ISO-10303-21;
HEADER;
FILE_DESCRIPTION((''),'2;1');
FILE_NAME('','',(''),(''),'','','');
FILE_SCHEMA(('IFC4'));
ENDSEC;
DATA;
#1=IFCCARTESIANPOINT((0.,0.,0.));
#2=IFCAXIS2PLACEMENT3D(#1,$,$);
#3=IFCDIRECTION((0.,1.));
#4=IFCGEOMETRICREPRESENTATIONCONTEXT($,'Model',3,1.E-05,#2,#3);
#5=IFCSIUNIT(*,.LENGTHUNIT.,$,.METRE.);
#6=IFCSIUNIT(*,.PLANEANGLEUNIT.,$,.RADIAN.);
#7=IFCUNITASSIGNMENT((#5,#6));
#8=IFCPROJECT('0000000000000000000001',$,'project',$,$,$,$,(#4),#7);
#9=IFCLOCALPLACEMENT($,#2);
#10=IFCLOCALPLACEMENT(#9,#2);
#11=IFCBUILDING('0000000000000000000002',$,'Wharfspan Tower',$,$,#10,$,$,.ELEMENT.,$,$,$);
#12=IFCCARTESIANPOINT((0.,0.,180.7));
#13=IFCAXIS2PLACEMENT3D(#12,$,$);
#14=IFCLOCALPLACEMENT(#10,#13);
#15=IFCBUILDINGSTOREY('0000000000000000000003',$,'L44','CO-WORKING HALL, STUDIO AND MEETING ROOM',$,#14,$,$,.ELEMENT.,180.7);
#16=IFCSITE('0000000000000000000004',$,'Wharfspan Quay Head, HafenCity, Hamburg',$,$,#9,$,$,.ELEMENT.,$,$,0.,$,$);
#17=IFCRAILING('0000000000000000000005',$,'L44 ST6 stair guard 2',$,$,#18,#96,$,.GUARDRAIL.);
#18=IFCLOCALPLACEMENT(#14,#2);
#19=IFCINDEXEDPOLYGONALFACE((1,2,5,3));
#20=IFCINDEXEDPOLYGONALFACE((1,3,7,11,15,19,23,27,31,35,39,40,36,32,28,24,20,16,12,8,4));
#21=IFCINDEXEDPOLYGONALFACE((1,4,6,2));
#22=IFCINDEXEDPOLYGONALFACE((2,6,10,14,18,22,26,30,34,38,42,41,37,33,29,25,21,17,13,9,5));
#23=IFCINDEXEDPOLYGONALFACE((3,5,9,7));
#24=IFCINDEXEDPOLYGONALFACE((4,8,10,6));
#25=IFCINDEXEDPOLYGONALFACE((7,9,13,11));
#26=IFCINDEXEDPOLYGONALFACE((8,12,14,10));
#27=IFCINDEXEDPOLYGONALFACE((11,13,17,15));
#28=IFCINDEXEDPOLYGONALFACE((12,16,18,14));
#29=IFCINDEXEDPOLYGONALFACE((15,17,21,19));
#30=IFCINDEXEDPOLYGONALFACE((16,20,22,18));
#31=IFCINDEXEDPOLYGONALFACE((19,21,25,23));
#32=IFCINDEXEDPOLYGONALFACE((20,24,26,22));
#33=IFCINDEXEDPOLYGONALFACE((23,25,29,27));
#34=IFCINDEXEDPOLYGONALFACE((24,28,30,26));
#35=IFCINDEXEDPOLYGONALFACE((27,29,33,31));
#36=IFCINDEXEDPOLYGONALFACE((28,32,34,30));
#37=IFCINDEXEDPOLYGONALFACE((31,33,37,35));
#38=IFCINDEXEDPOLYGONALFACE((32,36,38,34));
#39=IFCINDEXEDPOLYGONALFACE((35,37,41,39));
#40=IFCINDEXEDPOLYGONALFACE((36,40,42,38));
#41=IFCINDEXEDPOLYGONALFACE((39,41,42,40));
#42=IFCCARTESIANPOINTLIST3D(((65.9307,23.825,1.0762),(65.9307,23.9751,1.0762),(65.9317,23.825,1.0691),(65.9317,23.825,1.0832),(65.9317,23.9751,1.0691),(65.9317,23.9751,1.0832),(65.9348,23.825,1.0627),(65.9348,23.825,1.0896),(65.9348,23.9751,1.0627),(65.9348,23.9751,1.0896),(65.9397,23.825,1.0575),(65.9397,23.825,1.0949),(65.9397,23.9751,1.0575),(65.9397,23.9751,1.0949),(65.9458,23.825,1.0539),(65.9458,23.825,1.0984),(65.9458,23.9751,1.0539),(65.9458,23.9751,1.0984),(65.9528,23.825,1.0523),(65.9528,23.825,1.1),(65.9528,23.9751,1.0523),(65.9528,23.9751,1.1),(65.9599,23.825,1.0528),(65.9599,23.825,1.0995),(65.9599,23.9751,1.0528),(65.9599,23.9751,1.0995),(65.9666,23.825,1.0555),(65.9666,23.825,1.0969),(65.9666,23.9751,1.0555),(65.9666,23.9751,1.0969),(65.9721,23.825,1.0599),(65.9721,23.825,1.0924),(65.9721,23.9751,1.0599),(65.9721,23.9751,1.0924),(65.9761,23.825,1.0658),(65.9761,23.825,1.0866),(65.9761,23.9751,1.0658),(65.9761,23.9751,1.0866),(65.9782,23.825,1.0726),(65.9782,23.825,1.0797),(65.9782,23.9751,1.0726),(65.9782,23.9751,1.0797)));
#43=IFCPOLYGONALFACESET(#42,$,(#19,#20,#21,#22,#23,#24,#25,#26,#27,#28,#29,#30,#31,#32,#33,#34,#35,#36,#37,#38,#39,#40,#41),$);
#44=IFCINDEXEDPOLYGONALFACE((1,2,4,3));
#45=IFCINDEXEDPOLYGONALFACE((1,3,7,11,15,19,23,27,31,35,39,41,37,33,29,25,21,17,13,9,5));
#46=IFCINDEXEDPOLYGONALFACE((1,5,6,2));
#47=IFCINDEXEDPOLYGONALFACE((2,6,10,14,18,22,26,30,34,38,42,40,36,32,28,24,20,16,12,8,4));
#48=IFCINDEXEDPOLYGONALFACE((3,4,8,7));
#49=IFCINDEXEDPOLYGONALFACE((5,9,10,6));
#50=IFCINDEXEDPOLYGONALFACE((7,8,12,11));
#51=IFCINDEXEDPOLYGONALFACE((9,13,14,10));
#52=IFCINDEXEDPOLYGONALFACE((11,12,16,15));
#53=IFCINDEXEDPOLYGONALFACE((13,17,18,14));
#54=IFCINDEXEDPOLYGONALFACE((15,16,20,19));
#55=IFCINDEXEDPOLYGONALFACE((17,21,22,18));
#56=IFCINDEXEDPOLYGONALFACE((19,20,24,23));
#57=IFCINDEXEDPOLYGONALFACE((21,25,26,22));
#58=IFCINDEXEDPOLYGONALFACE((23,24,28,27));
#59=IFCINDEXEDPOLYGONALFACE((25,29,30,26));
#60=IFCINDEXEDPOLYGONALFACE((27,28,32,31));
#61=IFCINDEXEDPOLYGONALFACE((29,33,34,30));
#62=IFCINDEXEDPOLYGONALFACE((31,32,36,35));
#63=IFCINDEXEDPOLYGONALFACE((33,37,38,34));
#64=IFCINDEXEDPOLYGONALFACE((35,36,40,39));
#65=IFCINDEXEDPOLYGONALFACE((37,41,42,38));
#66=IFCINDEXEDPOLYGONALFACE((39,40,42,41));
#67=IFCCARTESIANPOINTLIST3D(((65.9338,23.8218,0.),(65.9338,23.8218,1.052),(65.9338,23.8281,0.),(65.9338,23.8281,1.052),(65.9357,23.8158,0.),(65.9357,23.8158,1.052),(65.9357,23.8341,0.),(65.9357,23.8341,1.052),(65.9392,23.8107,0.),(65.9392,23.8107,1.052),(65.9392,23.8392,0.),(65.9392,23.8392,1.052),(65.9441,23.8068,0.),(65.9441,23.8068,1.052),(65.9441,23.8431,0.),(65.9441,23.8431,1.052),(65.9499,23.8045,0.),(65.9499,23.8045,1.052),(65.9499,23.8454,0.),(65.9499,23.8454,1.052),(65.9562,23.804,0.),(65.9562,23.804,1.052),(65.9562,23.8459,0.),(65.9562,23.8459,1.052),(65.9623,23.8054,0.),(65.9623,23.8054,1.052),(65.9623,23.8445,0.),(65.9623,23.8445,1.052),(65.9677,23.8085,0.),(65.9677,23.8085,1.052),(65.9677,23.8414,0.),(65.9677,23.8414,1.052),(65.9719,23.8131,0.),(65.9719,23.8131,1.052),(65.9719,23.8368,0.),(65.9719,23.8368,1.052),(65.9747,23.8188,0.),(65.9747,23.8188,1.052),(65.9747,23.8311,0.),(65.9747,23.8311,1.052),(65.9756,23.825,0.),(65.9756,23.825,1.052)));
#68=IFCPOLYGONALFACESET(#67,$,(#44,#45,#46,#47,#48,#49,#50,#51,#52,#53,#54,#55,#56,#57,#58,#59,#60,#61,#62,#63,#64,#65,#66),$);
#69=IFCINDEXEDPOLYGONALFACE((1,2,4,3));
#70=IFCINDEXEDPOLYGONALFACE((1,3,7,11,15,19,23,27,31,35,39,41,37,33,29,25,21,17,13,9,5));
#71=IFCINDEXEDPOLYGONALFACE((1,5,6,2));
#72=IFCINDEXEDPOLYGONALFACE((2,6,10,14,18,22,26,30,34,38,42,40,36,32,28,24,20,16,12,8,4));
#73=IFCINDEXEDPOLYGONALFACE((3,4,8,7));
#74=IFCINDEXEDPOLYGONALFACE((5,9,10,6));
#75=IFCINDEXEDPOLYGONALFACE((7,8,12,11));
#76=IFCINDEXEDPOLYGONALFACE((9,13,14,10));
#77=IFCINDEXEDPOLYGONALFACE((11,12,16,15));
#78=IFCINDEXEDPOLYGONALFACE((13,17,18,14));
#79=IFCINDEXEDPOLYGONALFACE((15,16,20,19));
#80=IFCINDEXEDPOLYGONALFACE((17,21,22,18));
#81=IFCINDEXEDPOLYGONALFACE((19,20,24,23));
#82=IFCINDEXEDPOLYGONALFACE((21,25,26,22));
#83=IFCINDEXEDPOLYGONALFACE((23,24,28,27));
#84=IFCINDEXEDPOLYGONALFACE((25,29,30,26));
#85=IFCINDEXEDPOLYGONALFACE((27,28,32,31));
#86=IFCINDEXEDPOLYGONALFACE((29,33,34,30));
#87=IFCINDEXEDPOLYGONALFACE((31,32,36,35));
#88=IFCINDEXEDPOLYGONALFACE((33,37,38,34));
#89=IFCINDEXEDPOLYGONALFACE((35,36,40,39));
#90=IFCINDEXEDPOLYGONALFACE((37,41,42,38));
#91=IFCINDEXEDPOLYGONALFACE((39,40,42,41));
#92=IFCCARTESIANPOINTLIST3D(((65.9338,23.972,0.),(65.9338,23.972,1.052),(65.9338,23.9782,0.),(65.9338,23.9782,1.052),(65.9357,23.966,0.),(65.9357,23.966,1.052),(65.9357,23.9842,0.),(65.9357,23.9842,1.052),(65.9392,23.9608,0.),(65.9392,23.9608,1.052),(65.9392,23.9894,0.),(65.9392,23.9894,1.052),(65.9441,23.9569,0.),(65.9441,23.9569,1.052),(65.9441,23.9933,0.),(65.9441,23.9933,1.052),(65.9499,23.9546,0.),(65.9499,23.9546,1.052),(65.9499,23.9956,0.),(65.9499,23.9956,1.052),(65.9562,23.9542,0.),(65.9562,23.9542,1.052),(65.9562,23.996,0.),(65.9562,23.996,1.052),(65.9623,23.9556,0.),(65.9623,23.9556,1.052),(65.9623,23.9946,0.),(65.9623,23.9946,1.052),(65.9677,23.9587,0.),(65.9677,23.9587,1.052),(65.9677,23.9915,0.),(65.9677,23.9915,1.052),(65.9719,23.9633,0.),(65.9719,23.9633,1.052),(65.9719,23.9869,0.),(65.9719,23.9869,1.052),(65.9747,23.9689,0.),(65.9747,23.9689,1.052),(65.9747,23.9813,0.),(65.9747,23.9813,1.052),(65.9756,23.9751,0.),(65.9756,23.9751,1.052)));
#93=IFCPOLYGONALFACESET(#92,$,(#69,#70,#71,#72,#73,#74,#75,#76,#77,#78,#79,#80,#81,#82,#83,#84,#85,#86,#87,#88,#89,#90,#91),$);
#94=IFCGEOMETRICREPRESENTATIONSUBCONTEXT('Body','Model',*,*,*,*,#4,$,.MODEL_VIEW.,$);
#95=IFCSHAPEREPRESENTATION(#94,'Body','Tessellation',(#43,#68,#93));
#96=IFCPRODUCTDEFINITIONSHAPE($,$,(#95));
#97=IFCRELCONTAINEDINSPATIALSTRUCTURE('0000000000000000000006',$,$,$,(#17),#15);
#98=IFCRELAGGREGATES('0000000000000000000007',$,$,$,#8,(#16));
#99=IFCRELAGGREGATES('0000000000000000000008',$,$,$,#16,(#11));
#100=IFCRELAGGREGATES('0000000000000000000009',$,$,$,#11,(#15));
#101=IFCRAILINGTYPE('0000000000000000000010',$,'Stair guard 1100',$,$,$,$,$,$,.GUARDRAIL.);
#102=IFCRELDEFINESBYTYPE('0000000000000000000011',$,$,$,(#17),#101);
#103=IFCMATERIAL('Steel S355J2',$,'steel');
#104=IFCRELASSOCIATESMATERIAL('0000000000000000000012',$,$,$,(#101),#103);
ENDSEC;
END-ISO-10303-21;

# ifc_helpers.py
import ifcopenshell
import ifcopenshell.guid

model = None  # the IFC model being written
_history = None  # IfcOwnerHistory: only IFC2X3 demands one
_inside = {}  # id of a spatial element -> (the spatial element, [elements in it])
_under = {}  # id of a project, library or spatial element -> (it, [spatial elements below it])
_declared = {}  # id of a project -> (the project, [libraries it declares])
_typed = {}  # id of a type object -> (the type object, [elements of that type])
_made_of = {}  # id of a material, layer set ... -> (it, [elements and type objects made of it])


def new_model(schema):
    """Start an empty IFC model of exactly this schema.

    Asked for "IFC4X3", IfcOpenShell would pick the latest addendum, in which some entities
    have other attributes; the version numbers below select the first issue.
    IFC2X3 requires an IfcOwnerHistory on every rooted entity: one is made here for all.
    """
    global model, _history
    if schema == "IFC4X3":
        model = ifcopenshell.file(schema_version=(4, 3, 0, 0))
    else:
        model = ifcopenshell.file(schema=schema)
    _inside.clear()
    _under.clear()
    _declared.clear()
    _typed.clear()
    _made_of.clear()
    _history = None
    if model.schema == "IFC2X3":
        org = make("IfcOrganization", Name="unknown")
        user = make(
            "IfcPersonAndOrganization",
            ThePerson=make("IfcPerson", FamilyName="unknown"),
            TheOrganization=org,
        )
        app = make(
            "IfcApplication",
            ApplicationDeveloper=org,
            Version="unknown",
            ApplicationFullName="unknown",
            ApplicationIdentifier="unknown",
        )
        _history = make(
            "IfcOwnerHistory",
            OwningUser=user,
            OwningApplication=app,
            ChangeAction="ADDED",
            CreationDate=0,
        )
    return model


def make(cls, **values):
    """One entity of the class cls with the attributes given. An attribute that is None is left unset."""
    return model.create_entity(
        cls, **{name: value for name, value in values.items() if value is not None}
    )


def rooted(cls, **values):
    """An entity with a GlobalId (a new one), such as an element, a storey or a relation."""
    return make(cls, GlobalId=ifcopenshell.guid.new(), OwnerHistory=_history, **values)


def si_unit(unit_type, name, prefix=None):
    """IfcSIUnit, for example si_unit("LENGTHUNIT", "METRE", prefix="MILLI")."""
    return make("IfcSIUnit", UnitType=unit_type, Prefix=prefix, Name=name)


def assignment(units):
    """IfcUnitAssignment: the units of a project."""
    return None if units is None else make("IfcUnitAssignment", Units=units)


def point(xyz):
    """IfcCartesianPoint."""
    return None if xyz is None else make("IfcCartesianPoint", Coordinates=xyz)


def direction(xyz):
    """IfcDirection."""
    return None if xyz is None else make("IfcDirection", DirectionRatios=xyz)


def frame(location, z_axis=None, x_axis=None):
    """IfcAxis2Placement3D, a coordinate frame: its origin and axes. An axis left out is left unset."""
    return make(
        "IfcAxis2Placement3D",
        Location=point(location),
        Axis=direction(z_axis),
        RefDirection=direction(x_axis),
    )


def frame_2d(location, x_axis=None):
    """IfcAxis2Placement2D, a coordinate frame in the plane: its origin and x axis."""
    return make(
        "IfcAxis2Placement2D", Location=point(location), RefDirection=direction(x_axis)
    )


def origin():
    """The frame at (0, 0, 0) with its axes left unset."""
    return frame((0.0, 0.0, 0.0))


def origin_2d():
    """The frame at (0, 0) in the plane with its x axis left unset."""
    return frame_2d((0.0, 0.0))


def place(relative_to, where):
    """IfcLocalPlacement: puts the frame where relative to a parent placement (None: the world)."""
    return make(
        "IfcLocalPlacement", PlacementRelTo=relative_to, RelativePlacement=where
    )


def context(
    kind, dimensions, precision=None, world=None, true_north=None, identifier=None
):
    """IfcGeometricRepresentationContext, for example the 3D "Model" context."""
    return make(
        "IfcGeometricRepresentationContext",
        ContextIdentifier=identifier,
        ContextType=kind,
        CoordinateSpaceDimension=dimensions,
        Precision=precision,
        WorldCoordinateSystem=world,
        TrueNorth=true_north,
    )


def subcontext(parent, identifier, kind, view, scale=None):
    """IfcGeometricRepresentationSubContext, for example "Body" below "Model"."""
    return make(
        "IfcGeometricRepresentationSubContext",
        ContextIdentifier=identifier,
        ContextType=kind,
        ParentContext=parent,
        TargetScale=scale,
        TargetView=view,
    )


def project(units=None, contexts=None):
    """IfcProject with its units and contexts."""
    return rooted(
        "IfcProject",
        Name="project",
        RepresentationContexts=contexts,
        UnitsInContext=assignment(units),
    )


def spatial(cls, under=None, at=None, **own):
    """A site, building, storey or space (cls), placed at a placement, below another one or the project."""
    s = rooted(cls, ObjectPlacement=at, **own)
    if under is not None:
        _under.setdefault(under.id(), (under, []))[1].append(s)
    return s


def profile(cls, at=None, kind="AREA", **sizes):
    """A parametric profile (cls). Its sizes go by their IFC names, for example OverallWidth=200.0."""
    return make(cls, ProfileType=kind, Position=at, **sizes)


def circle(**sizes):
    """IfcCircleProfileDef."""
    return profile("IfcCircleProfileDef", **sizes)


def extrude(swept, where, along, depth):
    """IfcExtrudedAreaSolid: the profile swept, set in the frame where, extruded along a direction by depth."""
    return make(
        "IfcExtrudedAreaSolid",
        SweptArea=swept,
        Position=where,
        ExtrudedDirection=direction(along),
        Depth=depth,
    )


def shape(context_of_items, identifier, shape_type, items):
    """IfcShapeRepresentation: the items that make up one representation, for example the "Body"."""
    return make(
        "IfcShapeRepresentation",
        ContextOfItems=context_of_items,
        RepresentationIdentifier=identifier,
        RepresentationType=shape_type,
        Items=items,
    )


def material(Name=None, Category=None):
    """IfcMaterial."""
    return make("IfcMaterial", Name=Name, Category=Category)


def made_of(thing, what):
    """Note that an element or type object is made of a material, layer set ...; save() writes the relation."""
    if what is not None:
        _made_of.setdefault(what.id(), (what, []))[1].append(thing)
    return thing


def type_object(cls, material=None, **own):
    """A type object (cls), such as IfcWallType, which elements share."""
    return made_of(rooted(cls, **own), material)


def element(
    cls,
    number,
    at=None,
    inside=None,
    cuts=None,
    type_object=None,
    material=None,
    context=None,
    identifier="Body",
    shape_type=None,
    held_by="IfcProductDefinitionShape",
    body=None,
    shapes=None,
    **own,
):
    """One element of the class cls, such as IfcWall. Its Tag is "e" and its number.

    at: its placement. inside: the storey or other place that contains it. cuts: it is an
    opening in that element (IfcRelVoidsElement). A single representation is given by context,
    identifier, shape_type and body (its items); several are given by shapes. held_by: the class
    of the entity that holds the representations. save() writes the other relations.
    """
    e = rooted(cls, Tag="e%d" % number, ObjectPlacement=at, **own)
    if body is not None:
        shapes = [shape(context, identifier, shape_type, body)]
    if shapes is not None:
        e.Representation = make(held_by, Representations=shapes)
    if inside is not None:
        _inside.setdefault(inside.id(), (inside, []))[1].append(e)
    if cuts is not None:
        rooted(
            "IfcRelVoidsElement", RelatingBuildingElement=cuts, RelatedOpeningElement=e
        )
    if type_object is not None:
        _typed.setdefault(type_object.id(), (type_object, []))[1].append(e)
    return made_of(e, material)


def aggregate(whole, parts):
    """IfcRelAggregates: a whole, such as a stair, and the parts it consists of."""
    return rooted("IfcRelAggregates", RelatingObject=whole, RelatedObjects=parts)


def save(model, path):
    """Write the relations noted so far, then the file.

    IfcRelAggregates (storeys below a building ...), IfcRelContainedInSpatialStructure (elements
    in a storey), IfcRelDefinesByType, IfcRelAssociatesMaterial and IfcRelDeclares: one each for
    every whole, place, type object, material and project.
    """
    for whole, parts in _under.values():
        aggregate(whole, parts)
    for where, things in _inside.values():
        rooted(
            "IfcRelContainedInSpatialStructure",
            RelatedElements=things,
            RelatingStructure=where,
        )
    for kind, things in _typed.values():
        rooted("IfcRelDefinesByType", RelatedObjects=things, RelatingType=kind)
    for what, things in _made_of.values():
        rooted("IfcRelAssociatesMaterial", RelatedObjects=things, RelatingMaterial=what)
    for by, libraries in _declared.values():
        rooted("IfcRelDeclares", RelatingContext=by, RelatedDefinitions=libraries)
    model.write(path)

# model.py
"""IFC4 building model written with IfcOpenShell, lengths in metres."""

from ifc_helpers import new_model, si_unit, direction, frame, origin, origin_2d, place, context, subcontext, project, spatial, circle, extrude, material, type_object, element, save


model = new_model("IFC4")

# Units and contexts
model_context = context("Model", 3, precision=1e-05, world=origin(), true_north=direction((0.0, 1.0)))
body_context = subcontext(model_context, "Body", "Model", "MODEL_VIEW")
ifc_project = project(units=[si_unit("LENGTHUNIT", "METRE"), si_unit("PLANEANGLEUNIT", "RADIAN")], contexts=[model_context])

# Site, building, storey
site_placement = place(None, origin())
site = spatial("IfcSite", under=ifc_project, at=site_placement, Name="Wharfspan Quay Head, HafenCity, Hamburg", CompositionType="ELEMENT", RefElevation=0.0)
building_placement = place(site_placement, origin())
building = spatial("IfcBuilding", under=site, at=building_placement, Name="Wharfspan Tower", CompositionType="ELEMENT")
storey_placement = place(building_placement, frame((0.0, 0.0, 180.7)))
storey = spatial("IfcBuildingStorey", under=building, at=storey_placement, Name="L44", Description="CO-WORKING HALL, STUDIO AND MEETING ROOM", CompositionType="ELEMENT", Elevation=180.7)

# Shared definitions
ifc_material_1 = material(Name="Steel S355J2", Category="steel")

# Railing
railing_type_1 = type_object("IfcRailingType", Name="Stair guard 1100", PredefinedType="GUARDRAIL", material=ifc_material_1)
railing_1_placement = place(storey_placement, frame((65.9546, 23.825, 0.0)))
element("IfcRailing", 1, at=railing_1_placement, inside=storey, type_object=railing_type_1, Name="L44 ST6 stair guard 2", PredefinedType="GUARDRAIL", context=body_context, shape_type="SweptSolid", body=[
    extrude(circle(Radius=0.0239, at=origin_2d()), frame((0.0, 0.0, 1.0762), z_axis=(0.0, 1.0, 0.0), x_axis=(-1.0, 0.0, 0.0)), (0.0, 0.0, 1.0), 0.1501),
    extrude(circle(Radius=0.021, at=origin_2d()), origin(), (0.0, 0.0, 1.0), 1.052),
    extrude(circle(Radius=0.021, at=origin_2d()), frame((0.0, 0.1501, 0.0)), (0.0, 0.0, 1.0), 1.052),
])

save(model, "model.ifc")
